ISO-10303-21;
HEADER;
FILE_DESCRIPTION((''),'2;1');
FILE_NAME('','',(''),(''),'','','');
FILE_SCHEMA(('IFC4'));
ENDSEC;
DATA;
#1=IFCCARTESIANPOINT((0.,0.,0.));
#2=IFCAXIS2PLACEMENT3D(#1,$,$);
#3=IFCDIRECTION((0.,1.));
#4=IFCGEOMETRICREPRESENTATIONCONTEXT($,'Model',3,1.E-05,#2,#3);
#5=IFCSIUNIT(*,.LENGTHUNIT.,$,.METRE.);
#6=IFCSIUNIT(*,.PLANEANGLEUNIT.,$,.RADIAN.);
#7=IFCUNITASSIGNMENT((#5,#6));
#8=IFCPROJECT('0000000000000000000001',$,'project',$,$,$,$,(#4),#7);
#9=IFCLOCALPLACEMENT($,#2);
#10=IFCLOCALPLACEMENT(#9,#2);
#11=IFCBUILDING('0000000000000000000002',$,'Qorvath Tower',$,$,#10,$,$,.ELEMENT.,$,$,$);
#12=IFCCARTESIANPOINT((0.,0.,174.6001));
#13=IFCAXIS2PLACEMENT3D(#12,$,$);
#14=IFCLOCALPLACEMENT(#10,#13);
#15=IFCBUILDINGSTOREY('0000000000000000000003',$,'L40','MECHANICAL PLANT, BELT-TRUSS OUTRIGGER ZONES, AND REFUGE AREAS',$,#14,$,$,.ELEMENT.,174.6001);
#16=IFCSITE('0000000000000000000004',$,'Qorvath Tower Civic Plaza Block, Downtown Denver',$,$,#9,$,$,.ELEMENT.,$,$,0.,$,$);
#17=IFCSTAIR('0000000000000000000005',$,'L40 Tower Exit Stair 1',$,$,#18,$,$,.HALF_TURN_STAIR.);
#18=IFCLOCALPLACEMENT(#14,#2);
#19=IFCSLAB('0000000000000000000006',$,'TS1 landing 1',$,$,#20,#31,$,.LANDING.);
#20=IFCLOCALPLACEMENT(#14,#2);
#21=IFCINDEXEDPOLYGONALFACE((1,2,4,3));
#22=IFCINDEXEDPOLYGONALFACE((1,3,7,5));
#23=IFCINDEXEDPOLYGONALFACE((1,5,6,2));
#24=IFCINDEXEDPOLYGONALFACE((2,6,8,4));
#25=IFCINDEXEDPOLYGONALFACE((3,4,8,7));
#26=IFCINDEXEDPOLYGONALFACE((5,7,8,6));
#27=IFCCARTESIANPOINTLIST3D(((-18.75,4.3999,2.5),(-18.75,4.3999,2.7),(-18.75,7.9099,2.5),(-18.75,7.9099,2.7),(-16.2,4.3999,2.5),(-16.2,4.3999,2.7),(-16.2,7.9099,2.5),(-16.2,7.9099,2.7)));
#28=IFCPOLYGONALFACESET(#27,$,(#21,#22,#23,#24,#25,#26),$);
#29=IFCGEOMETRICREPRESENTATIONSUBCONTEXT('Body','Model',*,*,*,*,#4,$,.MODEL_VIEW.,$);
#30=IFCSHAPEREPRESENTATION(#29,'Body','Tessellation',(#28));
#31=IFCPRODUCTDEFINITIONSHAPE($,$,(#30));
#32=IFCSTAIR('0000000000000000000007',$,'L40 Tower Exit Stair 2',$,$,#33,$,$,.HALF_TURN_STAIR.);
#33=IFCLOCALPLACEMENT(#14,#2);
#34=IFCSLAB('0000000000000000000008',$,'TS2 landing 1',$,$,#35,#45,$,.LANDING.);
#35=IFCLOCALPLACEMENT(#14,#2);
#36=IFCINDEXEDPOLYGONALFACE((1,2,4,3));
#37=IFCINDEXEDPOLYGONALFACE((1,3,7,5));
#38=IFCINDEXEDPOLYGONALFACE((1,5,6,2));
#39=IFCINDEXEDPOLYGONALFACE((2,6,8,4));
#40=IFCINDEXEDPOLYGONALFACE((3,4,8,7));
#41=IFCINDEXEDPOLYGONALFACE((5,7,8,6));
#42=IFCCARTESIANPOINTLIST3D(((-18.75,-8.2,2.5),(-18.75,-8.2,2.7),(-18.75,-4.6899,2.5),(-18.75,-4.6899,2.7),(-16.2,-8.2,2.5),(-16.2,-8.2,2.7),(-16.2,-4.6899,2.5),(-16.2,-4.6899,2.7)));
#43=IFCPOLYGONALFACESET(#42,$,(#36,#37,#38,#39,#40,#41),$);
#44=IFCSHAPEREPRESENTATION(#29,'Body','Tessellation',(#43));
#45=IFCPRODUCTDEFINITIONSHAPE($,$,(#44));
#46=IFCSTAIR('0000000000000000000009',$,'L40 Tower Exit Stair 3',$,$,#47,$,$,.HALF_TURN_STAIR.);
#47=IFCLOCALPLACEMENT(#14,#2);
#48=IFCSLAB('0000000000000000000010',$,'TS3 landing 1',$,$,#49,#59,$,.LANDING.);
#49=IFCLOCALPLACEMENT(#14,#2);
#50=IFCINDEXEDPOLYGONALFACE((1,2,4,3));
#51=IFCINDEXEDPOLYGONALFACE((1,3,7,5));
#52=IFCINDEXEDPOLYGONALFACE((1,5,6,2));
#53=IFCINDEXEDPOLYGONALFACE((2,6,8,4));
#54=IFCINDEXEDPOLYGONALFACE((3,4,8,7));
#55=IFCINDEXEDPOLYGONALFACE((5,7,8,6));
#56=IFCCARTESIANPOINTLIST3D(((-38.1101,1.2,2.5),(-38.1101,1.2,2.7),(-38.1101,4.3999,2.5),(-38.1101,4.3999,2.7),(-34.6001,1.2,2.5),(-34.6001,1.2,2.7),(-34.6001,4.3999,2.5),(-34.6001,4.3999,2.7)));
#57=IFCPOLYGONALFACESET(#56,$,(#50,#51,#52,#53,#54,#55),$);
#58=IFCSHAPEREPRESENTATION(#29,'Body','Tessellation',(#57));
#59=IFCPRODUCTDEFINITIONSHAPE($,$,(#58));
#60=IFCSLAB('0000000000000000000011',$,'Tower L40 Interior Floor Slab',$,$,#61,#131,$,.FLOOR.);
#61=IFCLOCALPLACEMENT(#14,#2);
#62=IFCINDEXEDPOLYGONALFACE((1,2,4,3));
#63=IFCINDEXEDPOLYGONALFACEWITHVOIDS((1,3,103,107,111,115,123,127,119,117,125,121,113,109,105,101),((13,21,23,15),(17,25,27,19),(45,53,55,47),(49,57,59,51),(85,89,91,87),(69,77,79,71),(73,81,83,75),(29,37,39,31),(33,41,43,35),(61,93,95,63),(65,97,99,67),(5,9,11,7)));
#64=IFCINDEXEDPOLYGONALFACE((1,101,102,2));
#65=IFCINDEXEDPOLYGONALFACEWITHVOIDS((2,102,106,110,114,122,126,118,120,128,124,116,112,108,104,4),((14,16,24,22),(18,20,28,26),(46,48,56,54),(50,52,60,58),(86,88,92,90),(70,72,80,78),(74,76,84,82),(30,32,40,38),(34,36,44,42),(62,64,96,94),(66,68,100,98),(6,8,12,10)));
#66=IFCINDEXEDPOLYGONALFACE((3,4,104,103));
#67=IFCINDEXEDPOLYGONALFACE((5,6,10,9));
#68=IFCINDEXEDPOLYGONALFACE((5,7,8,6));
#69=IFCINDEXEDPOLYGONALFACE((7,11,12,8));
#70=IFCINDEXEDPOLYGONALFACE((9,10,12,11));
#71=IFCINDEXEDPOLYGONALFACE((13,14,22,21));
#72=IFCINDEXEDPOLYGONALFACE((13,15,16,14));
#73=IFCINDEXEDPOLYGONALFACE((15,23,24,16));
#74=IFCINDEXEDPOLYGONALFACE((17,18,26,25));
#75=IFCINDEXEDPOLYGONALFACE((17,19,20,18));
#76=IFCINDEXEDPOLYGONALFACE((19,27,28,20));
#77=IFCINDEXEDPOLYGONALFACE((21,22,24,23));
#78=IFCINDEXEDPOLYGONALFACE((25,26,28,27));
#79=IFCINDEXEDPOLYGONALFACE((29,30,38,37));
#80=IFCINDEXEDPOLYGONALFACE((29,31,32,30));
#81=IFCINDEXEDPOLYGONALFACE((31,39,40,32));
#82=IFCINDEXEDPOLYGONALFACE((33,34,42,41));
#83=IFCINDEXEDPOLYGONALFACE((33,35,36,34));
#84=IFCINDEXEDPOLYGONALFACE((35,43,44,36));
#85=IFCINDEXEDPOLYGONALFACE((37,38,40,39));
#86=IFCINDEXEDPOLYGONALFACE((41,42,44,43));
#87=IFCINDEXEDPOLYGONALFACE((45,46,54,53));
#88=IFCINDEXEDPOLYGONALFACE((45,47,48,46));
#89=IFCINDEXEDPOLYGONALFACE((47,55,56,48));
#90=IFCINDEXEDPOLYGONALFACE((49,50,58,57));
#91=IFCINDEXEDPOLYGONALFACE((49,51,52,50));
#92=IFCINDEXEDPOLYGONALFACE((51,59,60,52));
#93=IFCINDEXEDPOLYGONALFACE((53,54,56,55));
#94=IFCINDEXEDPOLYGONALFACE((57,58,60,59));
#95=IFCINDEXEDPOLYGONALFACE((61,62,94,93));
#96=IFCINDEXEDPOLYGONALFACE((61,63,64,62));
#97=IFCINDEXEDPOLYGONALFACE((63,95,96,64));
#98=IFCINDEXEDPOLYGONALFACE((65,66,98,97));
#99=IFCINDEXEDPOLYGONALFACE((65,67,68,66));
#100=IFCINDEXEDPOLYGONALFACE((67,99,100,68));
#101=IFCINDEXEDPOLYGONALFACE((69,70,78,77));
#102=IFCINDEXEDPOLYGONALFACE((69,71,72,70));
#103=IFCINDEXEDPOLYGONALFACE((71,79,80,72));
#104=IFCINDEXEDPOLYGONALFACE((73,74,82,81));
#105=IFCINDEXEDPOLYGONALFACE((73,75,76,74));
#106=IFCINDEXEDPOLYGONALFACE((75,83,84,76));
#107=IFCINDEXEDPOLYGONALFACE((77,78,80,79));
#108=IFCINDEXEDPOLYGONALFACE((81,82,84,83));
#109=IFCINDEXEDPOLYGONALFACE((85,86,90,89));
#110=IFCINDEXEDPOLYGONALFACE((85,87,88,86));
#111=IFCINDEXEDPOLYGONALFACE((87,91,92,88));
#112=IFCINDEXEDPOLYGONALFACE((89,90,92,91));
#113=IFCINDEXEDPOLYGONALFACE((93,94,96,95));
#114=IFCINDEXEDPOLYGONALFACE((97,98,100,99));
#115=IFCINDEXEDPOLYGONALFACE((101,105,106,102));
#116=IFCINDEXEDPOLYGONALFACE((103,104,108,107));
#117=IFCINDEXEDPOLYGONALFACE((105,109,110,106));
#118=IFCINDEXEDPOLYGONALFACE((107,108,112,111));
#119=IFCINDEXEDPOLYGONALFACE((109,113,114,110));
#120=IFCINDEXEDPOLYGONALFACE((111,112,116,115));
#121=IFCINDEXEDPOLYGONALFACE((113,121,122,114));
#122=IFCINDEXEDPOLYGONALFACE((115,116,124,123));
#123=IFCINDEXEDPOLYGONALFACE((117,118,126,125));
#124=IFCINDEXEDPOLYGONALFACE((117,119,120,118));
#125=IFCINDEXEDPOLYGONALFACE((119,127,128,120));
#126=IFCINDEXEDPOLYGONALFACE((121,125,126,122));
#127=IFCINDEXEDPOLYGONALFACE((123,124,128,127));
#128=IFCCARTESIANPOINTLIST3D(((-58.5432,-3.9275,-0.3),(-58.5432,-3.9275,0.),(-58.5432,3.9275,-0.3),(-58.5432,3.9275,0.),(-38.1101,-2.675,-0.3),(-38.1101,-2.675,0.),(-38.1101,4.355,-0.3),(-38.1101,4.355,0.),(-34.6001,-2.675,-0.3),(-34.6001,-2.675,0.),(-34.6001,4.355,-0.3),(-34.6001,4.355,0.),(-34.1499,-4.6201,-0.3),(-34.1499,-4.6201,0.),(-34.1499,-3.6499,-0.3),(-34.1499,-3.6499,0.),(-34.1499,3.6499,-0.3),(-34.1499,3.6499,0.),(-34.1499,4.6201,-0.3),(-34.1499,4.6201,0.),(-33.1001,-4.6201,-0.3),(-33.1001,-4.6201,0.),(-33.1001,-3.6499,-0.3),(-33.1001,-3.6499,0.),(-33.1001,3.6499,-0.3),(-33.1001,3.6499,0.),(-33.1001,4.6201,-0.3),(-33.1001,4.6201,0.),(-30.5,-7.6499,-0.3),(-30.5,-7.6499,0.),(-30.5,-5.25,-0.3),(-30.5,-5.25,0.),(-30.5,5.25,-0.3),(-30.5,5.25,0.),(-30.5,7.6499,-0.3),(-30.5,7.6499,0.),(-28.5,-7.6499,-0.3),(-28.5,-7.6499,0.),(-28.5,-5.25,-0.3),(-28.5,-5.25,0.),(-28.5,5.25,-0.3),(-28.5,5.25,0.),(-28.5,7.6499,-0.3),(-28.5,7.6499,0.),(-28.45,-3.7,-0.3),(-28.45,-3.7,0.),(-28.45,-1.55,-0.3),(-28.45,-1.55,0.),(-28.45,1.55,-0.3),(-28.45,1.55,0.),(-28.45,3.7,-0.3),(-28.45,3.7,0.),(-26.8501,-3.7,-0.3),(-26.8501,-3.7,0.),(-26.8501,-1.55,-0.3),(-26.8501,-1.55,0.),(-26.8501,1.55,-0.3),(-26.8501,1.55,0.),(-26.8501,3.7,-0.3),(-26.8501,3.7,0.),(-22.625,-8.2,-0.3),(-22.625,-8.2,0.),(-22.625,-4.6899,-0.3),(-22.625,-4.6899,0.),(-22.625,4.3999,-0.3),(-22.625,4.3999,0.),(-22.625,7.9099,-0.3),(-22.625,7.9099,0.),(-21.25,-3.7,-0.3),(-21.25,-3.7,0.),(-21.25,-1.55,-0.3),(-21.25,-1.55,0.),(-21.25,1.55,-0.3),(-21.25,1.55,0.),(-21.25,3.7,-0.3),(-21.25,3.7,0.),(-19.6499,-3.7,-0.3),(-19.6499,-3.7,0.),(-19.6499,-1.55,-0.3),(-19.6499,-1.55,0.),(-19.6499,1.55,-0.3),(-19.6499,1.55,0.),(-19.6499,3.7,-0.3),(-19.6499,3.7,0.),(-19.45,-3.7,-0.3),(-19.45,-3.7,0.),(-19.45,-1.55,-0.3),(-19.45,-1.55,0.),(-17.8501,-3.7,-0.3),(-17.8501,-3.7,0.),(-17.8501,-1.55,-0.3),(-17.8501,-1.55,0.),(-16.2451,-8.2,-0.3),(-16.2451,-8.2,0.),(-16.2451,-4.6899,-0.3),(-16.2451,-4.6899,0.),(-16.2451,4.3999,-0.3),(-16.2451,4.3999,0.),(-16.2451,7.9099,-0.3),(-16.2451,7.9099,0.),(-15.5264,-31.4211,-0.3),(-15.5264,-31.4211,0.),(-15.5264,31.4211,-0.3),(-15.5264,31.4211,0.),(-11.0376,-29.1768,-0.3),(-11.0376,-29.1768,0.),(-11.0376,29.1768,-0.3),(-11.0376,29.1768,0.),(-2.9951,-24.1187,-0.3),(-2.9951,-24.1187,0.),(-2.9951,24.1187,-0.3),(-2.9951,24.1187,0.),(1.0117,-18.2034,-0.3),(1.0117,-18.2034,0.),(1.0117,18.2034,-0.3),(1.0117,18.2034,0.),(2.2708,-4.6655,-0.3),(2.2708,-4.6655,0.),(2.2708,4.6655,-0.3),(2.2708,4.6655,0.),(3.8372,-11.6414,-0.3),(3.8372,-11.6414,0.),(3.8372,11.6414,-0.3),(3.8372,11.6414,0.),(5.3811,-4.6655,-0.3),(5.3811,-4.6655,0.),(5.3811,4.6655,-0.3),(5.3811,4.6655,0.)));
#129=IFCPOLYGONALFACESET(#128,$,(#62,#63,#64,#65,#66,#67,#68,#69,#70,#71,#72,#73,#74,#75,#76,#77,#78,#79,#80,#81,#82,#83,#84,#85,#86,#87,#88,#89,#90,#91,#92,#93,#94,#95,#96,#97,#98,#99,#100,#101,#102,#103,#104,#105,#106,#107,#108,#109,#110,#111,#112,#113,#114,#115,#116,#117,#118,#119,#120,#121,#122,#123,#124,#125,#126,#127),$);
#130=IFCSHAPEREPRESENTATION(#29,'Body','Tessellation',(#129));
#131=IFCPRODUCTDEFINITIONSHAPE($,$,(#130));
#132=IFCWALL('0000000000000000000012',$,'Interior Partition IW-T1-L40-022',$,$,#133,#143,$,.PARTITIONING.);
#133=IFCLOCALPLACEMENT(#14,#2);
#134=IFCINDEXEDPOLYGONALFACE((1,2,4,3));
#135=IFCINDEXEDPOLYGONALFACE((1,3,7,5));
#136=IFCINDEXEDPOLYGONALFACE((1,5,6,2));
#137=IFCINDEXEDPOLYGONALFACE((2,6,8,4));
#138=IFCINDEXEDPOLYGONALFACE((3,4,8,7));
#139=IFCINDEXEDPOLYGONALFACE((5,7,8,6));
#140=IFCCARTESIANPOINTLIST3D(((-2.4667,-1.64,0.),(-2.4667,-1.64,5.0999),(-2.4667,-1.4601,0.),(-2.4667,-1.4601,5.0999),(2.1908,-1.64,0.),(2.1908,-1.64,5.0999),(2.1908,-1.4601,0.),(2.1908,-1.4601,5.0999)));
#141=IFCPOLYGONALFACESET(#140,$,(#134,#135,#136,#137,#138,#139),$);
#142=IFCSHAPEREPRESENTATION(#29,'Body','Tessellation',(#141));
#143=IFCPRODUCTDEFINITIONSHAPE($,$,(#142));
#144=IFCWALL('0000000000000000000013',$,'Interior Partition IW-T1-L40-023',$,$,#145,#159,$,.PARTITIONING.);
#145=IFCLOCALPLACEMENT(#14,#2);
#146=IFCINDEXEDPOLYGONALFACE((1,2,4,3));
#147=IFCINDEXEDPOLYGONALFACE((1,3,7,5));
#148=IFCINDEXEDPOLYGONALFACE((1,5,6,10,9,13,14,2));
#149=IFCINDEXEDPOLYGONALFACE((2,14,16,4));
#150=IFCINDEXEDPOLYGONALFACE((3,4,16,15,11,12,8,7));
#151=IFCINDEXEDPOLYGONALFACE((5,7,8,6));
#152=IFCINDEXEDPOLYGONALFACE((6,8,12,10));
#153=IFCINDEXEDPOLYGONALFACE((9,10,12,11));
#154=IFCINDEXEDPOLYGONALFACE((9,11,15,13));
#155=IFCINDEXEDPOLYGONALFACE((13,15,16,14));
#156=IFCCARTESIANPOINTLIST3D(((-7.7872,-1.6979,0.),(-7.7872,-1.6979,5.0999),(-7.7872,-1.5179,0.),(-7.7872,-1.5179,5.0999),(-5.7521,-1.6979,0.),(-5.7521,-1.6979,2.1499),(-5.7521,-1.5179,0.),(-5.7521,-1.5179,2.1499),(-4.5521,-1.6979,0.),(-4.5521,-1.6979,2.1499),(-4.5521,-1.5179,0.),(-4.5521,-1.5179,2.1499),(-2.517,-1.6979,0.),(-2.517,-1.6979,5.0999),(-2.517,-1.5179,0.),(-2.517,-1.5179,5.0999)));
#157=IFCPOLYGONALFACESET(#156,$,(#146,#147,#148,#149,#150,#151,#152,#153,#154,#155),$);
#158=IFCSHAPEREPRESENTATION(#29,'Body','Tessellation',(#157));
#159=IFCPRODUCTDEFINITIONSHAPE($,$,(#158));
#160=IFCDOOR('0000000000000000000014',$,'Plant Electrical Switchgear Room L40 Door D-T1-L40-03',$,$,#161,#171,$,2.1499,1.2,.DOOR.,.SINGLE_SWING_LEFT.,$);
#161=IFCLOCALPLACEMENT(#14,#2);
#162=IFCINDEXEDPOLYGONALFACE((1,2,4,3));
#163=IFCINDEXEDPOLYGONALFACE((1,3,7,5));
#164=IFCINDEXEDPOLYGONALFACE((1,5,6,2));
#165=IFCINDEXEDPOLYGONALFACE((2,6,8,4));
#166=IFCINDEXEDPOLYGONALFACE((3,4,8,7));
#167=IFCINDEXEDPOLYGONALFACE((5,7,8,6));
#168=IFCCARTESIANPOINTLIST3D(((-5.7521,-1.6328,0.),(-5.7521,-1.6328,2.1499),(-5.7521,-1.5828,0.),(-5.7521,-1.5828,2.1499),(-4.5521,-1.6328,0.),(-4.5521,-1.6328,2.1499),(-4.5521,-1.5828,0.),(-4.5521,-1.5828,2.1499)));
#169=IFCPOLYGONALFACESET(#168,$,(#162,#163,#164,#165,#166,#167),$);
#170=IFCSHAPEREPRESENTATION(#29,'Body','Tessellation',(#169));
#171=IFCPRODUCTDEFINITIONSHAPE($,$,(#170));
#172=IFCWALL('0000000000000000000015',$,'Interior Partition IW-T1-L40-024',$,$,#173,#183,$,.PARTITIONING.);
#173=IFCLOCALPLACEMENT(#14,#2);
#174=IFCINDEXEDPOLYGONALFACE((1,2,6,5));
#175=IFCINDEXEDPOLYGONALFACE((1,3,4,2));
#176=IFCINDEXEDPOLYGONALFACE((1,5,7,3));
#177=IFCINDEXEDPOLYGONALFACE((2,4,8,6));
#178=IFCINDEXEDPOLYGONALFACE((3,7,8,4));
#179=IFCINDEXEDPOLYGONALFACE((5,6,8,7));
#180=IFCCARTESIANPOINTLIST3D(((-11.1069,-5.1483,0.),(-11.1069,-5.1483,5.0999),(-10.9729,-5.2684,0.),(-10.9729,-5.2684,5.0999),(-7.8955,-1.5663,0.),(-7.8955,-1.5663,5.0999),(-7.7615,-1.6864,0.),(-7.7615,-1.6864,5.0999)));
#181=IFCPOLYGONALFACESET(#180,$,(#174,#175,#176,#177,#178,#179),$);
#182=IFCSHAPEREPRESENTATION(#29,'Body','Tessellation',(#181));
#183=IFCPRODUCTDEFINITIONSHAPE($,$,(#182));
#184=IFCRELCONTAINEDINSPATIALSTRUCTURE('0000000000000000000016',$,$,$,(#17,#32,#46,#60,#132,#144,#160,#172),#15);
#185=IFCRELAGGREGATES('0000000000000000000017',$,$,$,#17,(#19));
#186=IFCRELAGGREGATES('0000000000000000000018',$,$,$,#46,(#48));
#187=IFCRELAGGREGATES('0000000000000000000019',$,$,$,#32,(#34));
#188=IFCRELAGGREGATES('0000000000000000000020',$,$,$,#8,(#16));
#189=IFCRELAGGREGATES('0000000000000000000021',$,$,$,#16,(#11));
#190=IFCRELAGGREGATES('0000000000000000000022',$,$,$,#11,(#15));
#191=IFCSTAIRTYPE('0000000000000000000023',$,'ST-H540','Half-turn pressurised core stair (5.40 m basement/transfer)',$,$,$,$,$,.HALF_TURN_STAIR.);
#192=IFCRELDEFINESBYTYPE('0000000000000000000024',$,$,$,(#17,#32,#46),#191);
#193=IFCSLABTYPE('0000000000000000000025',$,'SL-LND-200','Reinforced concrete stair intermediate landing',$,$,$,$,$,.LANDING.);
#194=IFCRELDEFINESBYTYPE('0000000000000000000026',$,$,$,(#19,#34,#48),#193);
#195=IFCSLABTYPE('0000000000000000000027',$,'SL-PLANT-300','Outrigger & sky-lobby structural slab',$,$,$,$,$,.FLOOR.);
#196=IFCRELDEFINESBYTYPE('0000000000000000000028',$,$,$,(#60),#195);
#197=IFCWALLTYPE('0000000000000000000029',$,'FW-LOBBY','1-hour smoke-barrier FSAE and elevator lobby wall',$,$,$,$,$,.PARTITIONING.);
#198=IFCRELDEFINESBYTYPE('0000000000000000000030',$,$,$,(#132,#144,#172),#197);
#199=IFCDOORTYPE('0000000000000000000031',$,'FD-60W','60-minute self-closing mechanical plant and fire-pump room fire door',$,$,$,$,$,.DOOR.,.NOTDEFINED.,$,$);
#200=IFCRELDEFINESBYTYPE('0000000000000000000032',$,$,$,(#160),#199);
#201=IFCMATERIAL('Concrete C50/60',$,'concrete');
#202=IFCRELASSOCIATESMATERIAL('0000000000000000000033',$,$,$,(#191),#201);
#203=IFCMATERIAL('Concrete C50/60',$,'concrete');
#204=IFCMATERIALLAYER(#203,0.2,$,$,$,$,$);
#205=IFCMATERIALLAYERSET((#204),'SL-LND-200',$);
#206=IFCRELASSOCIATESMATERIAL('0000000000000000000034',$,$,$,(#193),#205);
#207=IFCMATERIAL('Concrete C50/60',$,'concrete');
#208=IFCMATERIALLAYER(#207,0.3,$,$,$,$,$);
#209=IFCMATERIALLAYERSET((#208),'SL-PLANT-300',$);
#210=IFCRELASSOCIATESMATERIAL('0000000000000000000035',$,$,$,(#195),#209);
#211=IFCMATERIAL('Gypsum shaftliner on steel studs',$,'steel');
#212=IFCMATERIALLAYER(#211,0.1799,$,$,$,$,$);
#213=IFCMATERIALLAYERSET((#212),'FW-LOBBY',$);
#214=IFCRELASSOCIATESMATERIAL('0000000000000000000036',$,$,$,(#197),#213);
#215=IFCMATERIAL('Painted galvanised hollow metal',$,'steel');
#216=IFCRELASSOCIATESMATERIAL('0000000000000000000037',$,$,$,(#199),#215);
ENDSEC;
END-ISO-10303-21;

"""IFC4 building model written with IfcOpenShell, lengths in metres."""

from ifc_helpers import new_model, si_unit, direction, frame, frame_2d, origin, place, context, subcontext, project, spatial, polyline, rectangle, outline, extrude, material, layer, layer_set, type_object, element, fill, aggregate, save


model = new_model("IFC4")

# Units and contexts
model_context = context("Model", 3, precision=1e-05, world=origin(), true_north=direction((0.0, 1.0)))
body_context = subcontext(model_context, "Body", "Model", "MODEL_VIEW")
ifc_project = project(units=[si_unit("LENGTHUNIT", "METRE"), si_unit("PLANEANGLEUNIT", "RADIAN")], contexts=[model_context])

# Site, building, storey
site_placement = place(None, origin())
site = spatial("IfcSite", under=ifc_project, at=site_placement, Name="Qorvath Tower Civic Plaza Block, Downtown Denver", CompositionType="ELEMENT", RefElevation=0.0)
building_placement = place(site_placement, origin())
building = spatial("IfcBuilding", under=site, at=building_placement, Name="Qorvath Tower", CompositionType="ELEMENT")
storey_placement = place(building_placement, frame((0.0, 0.0, 174.6001)))
storey = spatial("IfcBuildingStorey", under=building, at=storey_placement, Name="L40", Description="MECHANICAL PLANT, BELT-TRUSS OUTRIGGER ZONES, AND REFUGE AREAS", CompositionType="ELEMENT", Elevation=174.6001)

# Stairs, slabs
ifc_material_1 = material(Name="Concrete C50/60", Category="concrete")
stair_type = type_object("IfcStairType", Name="ST-H540", Description="Half-turn pressurised core stair (5.40 m basement/transfer)", PredefinedType="HALF_TURN_STAIR", material=ifc_material_1)
stair_1_placement = place(storey_placement, origin())
stair_1 = element("IfcStair", 1, at=stair_1_placement, inside=storey, type_object=stair_type, Name="L40 Tower Exit Stair 1", PredefinedType="HALF_TURN_STAIR")
ifc_material_2 = material(Name="Concrete C50/60", Category="concrete")
ifc_layer_1 = layer(ifc_material_2, 0.2)
ifc_layer_set_1 = layer_set([ifc_layer_1], Name="SL-LND-200")
slab_type_1 = type_object("IfcSlabType", Name="SL-LND-200", Description="Reinforced concrete stair intermediate landing", PredefinedType="LANDING", material=ifc_layer_set_1)
slab_1_placement = place(storey_placement, frame((0.0, 0.0, 2.5)))
slab_1 = element("IfcSlab", 2, at=slab_1_placement, type_object=slab_type_1, Name="TS1 landing 1", PredefinedType="LANDING", context=body_context, shape_type="SweptSolid", body=[
    extrude(outline(polyline([(-18.75, 4.3999), (-16.2, 4.3999), (-16.2, 7.9099), (-18.75, 7.9099), (-18.75, 4.3999)])), origin(), (0.0, 0.0, 1.0), 0.2),
])
aggregate(stair_1, [slab_1])
stair_2_placement = place(storey_placement, origin())
stair_2 = element("IfcStair", 3, at=stair_2_placement, inside=storey, type_object=stair_type, Name="L40 Tower Exit Stair 2", PredefinedType="HALF_TURN_STAIR")
slab_2_placement = place(storey_placement, frame((0.0, 0.0, 2.5)))
slab_2 = element("IfcSlab", 4, at=slab_2_placement, type_object=slab_type_1, Name="TS2 landing 1", PredefinedType="LANDING", context=body_context, shape_type="SweptSolid", body=[
    extrude(outline(polyline([(-18.75, -8.2), (-16.2, -8.2), (-16.2, -4.6899), (-18.75, -4.6899), (-18.75, -8.2)])), origin(), (0.0, 0.0, 1.0), 0.2),
])
stair_3_placement = place(storey_placement, origin())
stair_3 = element("IfcStair", 5, at=stair_3_placement, inside=storey, type_object=stair_type, Name="L40 Tower Exit Stair 3", PredefinedType="HALF_TURN_STAIR")
slab_3_placement = place(storey_placement, frame((0.0, 0.0, 2.5)))
slab_3 = element("IfcSlab", 6, at=slab_3_placement, type_object=slab_type_1, Name="TS3 landing 1", PredefinedType="LANDING", context=body_context, shape_type="SweptSolid", body=[
    extrude(outline(polyline([(-34.6001, 1.2), (-34.6001, 4.3999), (-38.1101, 4.3999), (-38.1101, 1.2), (-34.6001, 1.2)])), origin(), (0.0, 0.0, 1.0), 0.2),
])
aggregate(stair_3, [slab_3])

# Slab
ifc_material_3 = material(Name="Concrete C50/60", Category="concrete")
ifc_layer_2 = layer(ifc_material_3, 0.3)
ifc_layer_set_2 = layer_set([ifc_layer_2], Name="SL-PLANT-300")
slab_type_2 = type_object("IfcSlabType", Name="SL-PLANT-300", Description="Outrigger & sky-lobby structural slab", PredefinedType="FLOOR", material=ifc_layer_set_2)
slab_4_placement = place(storey_placement, frame((0.0, 0.0, -0.3)))
element("IfcSlab", 7, at=slab_4_placement, inside=storey, type_object=slab_type_2, Name="Tower L40 Interior Floor Slab", PredefinedType="FLOOR", context=body_context, shape_type="SweptSolid", body=[
    extrude(outline(polyline([(-58.5432, 3.9275), (-58.5432, -3.9275), (-15.5264, -31.4211), (-11.0376, -29.1768), (-2.9951, -24.1187), (1.0117, -18.2034), (3.8372, -11.6414), (5.3811, -4.6655), (2.2708, -4.6655), (2.2708, 4.6655), (5.3811, 4.6655), (3.8372, 11.6414), (1.0117, 18.2034), (-2.9951, 24.1187), (-11.0376, 29.1768), (-15.5264, 31.4211), (-58.5432, 3.9275)]), holes=[polyline([(-16.2451, -8.2), (-22.625, -8.2), (-22.625, -4.6899), (-16.2451, -4.6899), (-16.2451, -8.2)]), polyline([(-22.625, 4.3999), (-22.625, 7.9099), (-16.2451, 7.9099), (-16.2451, 4.3999), (-22.625, 4.3999)]), polyline([(-17.8501, -3.7), (-19.45, -3.7), (-19.45, -1.55), (-17.8501, -1.55), (-17.8501, -3.7)]), polyline([(-21.25, -3.7), (-21.25, -1.55), (-19.6499, -1.55), (-19.6499, -3.7), (-21.25, -3.7)]), polyline([(-21.25, 1.55), (-21.25, 3.7), (-19.6499, 3.7), (-19.6499, 1.55), (-21.25, 1.55)]), polyline([(-28.45, -3.7), (-28.45, -1.55), (-26.8501, -1.55), (-26.8501, -3.7), (-28.45, -3.7)]), polyline([(-26.8501, 1.55), (-28.45, 1.55), (-28.45, 3.7), (-26.8501, 3.7), (-26.8501, 1.55)]), polyline([(-28.5, -7.6499), (-30.5, -7.6499), (-30.5, -5.25), (-28.5, -5.25), (-28.5, -7.6499)]), polyline([(-30.5, 5.25), (-30.5, 7.6499), (-28.5, 7.6499), (-28.5, 5.25), (-30.5, 5.25)]), polyline([(-34.1499, -4.6201), (-34.1499, -3.6499), (-33.1001, -3.6499), (-33.1001, -4.6201), (-34.1499, -4.6201)]), polyline([(-34.1499, 3.6499), (-34.1499, 4.6201), (-33.1001, 4.6201), (-33.1001, 3.6499), (-34.1499, 3.6499)]), polyline([(-34.6001, -2.675), (-38.1101, -2.675), (-38.1101, 4.355), (-34.6001, 4.355), (-34.6001, -2.675)])]), origin(), (0.0, 0.0, 1.0), 0.3),
])

# Wall
ifc_material_4 = material(Name="Gypsum shaftliner on steel studs", Category="steel")
ifc_layer_3 = layer(ifc_material_4, 0.1799)
ifc_layer_set_3 = layer_set([ifc_layer_3], Name="FW-LOBBY")
wall_type_1 = type_object("IfcWallType", Name="FW-LOBBY", Description="1-hour smoke-barrier FSAE and elevator lobby wall", PredefinedType="PARTITIONING", material=ifc_layer_set_3)
wall_1_placement = place(storey_placement, frame((2.1907, -1.55, 0.0), z_axis=(0.0, 0.0, 1.0), x_axis=(-1.0, 0.0, 0.0)))
element("IfcWall", 8, at=wall_1_placement, inside=storey, type_object=wall_type_1, Name="Interior Partition IW-T1-L40-022", PredefinedType="PARTITIONING", context=body_context, shape_type="SweptSolid", body=[
    extrude(rectangle(XDim=4.6575, YDim=0.1799, at=frame_2d((2.3286, 0.0))), origin(), (0.0, 0.0, 1.0), 5.0999),
])

# Wall, opening, door
wall_2_placement = place(storey_placement, frame((-2.5168, -1.6079, 0.0), z_axis=(0.0, 0.0, 1.0), x_axis=(-1.0, 0.0, 0.0)))
wall_2 = element("IfcWall", 9, at=wall_2_placement, inside=storey, type_object=wall_type_1, Name="Interior Partition IW-T1-L40-023", PredefinedType="PARTITIONING", context=body_context, shape_type="SweptSolid", body=[
    extrude(rectangle(XDim=5.2703, YDim=0.1799, at=frame_2d((2.6353, 0.0))), origin(), (0.0, 0.0, 1.0), 5.0999),
])
opening_placement = place(wall_2_placement, frame((2.0352, 0.0, 0.0)))
opening = element("IfcOpeningElement", 10, at=opening_placement, cuts=wall_2, PredefinedType="OPENING", context=body_context, shape_type="SweptSolid", body=[
    extrude(rectangle(XDim=1.2, YDim=2.1499, at=frame_2d((0.6001, 1.075))), frame((0.0, 0.1001, 0.0), z_axis=(0.0, -1.0, 0.0), x_axis=(1.0, 0.0, 0.0)), (0.0, 0.0, 1.0), 0.2),
])
ifc_material_5 = material(Name="Painted galvanised hollow metal", Category="steel")
door_type = type_object("IfcDoorType", Name="FD-60W", Description="60-minute self-closing mechanical plant and fire-pump room fire door", OperationType="NOTDEFINED", PredefinedType="DOOR", material=ifc_material_5)
door_placement = place(opening_placement, origin())
door = element("IfcDoor", 11, at=door_placement, inside=storey, type_object=door_type, Name="Plant Electrical Switchgear Room L40 Door D-T1-L40-03", OperationType="SINGLE_SWING_LEFT", OverallHeight=2.1499, OverallWidth=1.2, PredefinedType="DOOR", context=body_context, shape_type="SweptSolid", body=[
    extrude(rectangle(XDim=1.2, YDim=2.1499, at=frame_2d((0.6001, 1.075))), frame((0.0, 0.0249, 0.0), z_axis=(0.0, -1.0, 0.0), x_axis=(1.0, 0.0, 0.0)), (0.0, 0.0, 1.0), 0.05),
])
fill(opening, door)

# Wall
wall_3_placement = place(storey_placement, frame((-7.8286, -1.6265, 0.0), z_axis=(0.0, 0.0, 1.0), x_axis=(-0.667539, -0.744575, 0.0)))
element("IfcWall", 12, at=wall_3_placement, inside=storey, type_object=wall_type_1, Name="Interior Partition IW-T1-L40-024", PredefinedType="PARTITIONING", context=body_context, shape_type="SweptSolid", body=[
    extrude(rectangle(XDim=4.8108, YDim=0.1799, at=frame_2d((2.4053, 0.0))), origin(), (0.0, 0.0, 1.0), 5.0999),
])

aggregate(stair_2, [slab_2])

save(model, "model.ifc")
